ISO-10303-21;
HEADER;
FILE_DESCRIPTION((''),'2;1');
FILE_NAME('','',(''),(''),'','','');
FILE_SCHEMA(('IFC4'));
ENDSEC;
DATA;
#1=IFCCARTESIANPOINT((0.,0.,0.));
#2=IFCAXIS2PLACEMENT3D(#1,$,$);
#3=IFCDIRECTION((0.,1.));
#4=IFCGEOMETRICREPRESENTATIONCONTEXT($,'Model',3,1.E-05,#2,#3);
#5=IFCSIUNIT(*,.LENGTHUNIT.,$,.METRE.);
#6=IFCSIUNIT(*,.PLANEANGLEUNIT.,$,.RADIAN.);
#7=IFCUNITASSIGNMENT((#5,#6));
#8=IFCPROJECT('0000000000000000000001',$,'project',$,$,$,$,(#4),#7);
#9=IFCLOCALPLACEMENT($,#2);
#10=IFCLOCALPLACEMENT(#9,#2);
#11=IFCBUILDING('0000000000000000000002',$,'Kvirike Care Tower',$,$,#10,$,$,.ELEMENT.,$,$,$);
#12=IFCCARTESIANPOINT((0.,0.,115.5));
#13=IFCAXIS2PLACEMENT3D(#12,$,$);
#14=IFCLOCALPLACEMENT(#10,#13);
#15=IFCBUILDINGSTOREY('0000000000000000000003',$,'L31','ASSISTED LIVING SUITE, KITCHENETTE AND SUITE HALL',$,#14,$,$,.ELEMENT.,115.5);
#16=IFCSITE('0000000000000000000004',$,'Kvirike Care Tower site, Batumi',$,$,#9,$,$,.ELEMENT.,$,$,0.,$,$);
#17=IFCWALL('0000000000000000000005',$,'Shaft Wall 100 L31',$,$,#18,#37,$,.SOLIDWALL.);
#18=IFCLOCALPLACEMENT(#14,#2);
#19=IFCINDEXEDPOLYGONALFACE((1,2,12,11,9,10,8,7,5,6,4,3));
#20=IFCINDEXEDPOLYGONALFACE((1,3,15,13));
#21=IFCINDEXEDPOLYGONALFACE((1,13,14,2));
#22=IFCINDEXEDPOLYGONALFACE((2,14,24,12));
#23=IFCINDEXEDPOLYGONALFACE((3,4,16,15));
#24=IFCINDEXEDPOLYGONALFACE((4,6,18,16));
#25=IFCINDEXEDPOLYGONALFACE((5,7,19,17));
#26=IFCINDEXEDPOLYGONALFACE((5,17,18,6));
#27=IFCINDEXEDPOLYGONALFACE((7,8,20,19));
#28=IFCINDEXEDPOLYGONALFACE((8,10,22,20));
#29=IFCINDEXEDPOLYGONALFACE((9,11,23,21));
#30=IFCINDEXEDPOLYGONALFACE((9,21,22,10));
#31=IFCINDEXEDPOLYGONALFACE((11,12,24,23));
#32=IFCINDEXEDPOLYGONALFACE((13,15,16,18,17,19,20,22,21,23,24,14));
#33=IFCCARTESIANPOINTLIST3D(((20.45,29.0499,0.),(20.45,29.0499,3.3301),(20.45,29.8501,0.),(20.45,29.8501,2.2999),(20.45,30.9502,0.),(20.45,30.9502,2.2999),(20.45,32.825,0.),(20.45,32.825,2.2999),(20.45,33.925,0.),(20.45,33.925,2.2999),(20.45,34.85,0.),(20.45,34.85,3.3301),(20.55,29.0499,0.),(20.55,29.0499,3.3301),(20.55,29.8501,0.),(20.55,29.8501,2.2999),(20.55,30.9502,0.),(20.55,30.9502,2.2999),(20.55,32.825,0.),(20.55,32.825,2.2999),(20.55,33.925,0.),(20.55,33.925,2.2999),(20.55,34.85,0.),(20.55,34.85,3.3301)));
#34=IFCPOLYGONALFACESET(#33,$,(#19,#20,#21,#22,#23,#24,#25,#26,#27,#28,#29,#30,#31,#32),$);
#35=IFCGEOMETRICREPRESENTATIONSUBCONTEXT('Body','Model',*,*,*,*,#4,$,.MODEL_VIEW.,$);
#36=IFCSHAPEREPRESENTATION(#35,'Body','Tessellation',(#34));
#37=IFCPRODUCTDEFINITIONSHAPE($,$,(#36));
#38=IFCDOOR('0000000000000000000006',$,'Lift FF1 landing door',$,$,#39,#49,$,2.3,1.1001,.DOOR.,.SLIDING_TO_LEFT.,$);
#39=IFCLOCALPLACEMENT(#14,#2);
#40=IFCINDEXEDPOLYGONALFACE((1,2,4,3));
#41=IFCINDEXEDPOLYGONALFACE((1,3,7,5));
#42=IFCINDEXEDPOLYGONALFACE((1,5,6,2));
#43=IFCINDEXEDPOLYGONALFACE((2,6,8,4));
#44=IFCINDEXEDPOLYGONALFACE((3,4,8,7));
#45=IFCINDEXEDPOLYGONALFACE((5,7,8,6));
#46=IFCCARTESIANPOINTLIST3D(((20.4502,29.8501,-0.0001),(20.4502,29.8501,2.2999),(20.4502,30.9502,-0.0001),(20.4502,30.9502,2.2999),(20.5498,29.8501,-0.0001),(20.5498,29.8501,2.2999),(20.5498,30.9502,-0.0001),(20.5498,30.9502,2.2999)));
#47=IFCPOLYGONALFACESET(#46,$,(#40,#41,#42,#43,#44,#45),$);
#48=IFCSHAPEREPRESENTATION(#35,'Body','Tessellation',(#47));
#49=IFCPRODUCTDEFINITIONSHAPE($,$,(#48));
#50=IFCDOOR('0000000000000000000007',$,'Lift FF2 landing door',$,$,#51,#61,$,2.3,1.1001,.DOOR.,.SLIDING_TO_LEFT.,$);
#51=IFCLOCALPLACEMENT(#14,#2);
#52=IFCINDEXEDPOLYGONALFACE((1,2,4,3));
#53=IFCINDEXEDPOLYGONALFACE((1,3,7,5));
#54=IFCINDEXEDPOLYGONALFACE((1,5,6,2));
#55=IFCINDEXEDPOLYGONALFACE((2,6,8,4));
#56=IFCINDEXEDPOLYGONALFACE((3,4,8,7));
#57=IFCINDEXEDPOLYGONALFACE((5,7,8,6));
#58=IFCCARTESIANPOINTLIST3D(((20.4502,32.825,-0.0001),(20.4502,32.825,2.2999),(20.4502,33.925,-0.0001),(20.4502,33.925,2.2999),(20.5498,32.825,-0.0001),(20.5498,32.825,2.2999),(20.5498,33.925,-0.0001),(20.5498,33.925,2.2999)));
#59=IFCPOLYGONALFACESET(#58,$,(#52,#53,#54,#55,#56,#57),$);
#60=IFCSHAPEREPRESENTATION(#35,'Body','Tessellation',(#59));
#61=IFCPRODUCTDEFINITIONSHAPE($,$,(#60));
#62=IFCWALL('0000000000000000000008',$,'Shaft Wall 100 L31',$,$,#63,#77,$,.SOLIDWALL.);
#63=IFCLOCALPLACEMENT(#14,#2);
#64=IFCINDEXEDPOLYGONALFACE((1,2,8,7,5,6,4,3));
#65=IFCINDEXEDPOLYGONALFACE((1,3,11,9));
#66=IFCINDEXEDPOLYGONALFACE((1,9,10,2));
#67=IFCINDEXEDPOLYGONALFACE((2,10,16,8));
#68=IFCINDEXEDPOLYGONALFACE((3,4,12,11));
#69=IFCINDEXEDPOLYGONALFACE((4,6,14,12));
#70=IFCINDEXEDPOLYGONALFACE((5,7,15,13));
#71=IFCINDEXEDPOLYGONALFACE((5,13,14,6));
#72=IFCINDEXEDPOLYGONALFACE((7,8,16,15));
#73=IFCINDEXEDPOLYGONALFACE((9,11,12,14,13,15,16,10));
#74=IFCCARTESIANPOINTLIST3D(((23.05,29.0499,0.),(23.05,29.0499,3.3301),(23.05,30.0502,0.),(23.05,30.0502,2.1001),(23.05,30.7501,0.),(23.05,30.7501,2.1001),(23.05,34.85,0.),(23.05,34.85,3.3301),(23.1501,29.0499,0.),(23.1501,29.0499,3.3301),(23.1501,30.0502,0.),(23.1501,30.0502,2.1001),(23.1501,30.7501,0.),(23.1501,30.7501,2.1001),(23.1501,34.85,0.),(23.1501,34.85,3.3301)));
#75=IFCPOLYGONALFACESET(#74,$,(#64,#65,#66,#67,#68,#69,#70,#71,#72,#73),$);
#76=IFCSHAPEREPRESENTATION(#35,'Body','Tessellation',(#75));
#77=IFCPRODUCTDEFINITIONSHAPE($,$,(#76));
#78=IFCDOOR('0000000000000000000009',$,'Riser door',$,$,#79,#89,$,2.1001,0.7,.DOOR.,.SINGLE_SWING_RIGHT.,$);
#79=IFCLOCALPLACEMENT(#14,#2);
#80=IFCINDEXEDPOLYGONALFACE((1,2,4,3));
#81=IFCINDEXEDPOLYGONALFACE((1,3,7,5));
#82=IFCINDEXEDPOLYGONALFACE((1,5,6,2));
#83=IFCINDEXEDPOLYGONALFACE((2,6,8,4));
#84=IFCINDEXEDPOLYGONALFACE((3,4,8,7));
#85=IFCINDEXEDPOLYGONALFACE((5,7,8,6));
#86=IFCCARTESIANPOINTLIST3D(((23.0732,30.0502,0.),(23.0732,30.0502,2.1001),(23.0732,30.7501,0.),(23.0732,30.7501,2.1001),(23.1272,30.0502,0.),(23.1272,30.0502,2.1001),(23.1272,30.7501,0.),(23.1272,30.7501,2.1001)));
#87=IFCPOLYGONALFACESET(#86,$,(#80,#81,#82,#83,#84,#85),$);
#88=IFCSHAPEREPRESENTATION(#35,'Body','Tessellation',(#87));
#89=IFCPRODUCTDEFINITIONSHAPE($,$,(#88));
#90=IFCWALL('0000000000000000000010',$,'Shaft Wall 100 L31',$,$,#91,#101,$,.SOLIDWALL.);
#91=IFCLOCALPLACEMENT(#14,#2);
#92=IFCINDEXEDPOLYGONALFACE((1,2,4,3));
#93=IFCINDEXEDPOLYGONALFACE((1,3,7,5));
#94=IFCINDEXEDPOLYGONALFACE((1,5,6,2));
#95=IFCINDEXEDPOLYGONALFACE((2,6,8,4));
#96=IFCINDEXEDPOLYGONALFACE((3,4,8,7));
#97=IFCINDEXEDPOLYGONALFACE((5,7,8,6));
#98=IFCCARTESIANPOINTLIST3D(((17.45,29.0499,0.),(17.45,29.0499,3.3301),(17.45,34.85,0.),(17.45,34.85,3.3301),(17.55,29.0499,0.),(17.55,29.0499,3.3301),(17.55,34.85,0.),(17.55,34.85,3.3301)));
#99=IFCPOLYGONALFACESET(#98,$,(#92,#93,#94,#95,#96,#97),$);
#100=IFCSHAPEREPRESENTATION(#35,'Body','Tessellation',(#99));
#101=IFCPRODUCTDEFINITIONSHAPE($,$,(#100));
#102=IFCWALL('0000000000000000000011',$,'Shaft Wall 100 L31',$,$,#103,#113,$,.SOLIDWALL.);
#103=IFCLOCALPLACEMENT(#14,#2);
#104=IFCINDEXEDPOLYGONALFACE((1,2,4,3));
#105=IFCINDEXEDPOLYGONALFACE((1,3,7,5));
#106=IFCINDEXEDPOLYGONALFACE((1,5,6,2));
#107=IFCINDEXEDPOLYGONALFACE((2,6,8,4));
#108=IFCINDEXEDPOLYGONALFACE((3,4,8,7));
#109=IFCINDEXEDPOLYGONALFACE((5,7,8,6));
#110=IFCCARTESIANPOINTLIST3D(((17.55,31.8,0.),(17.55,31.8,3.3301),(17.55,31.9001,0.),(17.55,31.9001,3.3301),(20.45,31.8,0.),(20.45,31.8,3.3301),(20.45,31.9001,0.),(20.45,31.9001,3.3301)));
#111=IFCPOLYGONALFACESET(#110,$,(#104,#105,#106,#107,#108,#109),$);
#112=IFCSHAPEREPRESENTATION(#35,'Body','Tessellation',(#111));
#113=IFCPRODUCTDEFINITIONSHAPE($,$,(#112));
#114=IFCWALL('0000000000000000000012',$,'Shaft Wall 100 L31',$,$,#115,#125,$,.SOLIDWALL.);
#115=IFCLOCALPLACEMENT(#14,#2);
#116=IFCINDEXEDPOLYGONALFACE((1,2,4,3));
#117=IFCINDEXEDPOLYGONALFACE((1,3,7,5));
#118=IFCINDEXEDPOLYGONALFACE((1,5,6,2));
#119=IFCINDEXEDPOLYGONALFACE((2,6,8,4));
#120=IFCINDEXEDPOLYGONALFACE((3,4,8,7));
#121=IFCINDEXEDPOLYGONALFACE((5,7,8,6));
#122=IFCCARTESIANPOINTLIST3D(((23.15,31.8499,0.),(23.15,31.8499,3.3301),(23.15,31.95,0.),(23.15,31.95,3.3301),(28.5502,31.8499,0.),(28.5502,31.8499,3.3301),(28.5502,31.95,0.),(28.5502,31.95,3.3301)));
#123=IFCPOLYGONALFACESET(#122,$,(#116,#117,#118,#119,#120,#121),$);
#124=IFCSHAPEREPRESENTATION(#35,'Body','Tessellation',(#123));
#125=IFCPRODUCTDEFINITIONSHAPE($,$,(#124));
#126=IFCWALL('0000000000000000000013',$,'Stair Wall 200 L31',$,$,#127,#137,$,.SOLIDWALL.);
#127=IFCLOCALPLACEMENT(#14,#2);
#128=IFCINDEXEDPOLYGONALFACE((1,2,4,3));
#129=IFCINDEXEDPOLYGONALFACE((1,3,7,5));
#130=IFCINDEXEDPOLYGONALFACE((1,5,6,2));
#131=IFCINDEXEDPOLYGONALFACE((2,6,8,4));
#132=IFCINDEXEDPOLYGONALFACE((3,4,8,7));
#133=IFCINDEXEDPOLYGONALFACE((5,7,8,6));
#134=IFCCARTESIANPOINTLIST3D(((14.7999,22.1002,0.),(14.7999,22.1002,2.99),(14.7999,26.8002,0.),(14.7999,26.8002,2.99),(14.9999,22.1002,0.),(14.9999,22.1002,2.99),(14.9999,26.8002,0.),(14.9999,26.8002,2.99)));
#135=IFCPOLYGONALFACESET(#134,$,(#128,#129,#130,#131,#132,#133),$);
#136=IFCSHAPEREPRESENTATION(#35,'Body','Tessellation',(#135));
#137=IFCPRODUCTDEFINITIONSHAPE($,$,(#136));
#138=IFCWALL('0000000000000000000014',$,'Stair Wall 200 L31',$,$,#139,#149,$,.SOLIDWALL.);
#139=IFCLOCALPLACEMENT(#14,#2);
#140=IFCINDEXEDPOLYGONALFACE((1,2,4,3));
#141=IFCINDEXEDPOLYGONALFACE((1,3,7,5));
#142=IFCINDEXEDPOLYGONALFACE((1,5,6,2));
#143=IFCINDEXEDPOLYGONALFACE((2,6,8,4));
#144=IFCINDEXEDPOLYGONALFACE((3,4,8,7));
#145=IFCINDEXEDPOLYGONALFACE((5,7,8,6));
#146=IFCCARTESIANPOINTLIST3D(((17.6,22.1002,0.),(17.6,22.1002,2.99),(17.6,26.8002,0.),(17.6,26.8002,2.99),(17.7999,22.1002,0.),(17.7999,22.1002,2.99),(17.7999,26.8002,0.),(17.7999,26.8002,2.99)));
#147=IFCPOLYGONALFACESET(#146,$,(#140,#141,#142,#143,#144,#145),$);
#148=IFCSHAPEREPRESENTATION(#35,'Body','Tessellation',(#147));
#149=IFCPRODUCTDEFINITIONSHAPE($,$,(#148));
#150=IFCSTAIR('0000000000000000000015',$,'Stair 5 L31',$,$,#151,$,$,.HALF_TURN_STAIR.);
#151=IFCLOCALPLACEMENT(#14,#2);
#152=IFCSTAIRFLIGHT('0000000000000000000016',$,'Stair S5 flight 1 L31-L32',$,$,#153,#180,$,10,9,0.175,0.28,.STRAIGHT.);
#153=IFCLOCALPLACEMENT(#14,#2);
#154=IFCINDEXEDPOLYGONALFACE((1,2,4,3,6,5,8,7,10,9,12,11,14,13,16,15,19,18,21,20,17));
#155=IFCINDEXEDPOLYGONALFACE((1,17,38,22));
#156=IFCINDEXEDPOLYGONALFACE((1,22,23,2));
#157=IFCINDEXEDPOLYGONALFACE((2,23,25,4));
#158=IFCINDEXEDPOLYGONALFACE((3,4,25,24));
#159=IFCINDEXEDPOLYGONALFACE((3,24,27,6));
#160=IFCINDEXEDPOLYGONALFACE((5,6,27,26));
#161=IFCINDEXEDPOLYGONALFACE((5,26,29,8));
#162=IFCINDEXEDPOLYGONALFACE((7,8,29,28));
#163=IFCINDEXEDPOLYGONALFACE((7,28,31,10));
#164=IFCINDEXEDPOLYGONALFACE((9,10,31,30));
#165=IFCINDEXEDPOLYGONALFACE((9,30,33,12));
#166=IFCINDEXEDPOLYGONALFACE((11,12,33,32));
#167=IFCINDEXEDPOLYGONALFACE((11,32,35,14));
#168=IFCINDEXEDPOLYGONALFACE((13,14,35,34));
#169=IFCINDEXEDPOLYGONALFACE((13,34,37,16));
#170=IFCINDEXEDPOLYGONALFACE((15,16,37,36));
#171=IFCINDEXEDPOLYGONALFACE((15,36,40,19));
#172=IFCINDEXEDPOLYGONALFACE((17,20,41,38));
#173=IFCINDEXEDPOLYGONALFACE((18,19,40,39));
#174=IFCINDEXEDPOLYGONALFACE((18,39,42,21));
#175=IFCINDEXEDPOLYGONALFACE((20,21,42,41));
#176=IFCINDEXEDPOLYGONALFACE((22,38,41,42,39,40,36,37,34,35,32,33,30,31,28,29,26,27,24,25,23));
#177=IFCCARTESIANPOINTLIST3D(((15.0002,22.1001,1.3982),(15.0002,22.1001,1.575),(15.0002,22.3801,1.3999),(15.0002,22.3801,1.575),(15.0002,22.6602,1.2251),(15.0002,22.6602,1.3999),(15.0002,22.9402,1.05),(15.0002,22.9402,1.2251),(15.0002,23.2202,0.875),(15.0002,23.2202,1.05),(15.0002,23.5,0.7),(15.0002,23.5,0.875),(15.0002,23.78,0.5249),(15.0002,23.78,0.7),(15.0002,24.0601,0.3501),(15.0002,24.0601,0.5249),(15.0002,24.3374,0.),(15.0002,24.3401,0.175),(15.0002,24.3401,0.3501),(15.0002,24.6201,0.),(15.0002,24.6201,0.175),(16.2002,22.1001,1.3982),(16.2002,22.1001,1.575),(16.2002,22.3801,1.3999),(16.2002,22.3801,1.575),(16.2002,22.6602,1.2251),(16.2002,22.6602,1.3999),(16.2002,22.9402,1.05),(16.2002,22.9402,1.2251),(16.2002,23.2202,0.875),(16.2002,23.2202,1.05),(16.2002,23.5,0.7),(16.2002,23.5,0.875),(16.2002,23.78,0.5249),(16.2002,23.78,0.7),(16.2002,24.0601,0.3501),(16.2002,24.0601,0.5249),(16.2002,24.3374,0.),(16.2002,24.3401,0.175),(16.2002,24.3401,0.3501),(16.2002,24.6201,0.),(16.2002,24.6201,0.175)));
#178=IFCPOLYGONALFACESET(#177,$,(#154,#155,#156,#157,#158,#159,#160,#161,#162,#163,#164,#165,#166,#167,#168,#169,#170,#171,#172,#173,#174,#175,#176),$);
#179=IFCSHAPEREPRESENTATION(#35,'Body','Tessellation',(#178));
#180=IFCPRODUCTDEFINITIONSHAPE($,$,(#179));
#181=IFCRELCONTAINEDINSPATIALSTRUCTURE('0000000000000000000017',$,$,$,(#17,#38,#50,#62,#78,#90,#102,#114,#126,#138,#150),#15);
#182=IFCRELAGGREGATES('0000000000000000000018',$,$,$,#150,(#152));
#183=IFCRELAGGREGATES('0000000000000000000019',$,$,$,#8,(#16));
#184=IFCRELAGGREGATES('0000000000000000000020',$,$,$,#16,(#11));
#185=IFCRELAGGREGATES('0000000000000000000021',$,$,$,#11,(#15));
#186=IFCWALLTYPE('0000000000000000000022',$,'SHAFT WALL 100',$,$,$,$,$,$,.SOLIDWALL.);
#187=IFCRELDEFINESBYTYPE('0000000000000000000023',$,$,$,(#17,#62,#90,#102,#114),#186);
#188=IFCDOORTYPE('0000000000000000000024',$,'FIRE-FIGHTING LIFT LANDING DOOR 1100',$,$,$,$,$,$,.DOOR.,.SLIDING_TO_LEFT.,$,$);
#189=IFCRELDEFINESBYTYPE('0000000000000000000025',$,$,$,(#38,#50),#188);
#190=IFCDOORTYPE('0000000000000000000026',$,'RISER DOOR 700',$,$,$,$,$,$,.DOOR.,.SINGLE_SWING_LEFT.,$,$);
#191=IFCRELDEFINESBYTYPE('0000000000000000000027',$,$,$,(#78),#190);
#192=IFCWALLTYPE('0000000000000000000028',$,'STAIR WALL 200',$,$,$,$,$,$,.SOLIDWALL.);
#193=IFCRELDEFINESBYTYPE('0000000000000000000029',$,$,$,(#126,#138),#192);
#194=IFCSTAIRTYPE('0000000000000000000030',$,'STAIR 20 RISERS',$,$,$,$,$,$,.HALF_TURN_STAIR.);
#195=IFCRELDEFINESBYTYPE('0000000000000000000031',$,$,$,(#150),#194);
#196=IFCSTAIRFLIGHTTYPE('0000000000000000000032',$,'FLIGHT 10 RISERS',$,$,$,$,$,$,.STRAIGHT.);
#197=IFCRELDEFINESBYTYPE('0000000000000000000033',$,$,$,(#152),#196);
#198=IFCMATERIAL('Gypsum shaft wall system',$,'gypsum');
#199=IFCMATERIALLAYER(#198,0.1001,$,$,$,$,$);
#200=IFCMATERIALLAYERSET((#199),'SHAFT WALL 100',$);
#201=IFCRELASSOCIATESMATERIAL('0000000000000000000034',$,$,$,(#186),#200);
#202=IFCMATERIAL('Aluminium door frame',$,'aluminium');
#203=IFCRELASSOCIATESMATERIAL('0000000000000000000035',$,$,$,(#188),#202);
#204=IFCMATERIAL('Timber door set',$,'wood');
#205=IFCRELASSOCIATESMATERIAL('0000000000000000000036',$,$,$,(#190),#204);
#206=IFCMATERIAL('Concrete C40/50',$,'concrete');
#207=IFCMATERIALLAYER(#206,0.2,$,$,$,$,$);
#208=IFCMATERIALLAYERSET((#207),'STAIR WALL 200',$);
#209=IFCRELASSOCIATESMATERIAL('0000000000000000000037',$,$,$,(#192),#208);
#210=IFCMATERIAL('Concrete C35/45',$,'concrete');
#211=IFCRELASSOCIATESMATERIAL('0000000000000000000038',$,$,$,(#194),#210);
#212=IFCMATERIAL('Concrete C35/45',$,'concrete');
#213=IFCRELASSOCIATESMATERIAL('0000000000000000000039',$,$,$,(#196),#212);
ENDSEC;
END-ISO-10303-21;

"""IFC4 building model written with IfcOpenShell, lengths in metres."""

from ifc_helpers import new_model, si_unit, direction, frame, frame_2d, origin, place, context, subcontext, project, spatial, polyline, rectangle, outline, extrude, material, layer, layer_set, type_object, element, fill, aggregate, save


model = new_model("IFC4")

# Units and contexts
model_context = context("Model", 3, precision=1e-05, world=origin(), true_north=direction((0.0, 1.0)))
body_context = subcontext(model_context, "Body", "Model", "MODEL_VIEW")
ifc_project = project(units=[si_unit("LENGTHUNIT", "METRE"), si_unit("PLANEANGLEUNIT", "RADIAN")], contexts=[model_context])

# Site, building, storey
site_placement = place(None, origin())
site = spatial("IfcSite", under=ifc_project, at=site_placement, Name="Kvirike Care Tower site, Batumi", CompositionType="ELEMENT", RefElevation=0.0)
building_placement = place(site_placement, origin())
building = spatial("IfcBuilding", under=site, at=building_placement, Name="Kvirike Care Tower", CompositionType="ELEMENT")
storey_placement = place(building_placement, frame((0.0, 0.0, 115.5)))
storey = spatial("IfcBuildingStorey", under=building, at=storey_placement, Name="L31", Description="ASSISTED LIVING SUITE, KITCHENETTE AND SUITE HALL", CompositionType="ELEMENT", Elevation=115.5)

# Wall, openings, doors
ifc_material_1 = material(Name="Gypsum shaft wall system", Category="gypsum")
ifc_layer_1 = layer(ifc_material_1, 0.1001)
ifc_layer_set_1 = layer_set([ifc_layer_1], Name="SHAFT WALL 100")
wall_type_1 = type_object("IfcWallType", Name="SHAFT WALL 100", PredefinedType="SOLIDWALL", material=ifc_layer_set_1)
wall_1_placement = place(storey_placement, frame((20.5, 29.05, 0.0), z_axis=(0.0, 0.0, 1.0), x_axis=(0.0, 1.0, 0.0)))
wall_1 = element("IfcWall", 1, at=wall_1_placement, inside=storey, type_object=wall_type_1, Name="Shaft Wall 100 L31", PredefinedType="SOLIDWALL", context=body_context, shape_type="SweptSolid", body=[
    extrude(rectangle(XDim=5.8, YDim=0.1001, at=frame_2d((2.8999, 0.0))), origin(), (0.0, 0.0, 1.0), 3.3301),
])
opening_1_placement = place(wall_1_placement, frame((0.8, 0.0, 0.0)))
opening_1 = element("IfcOpeningElement", 2, at=opening_1_placement, cuts=wall_1, PredefinedType="OPENING", context=body_context, shape_type="SweptSolid", body=[
    extrude(rectangle(XDim=1.1001, YDim=2.3, at=frame_2d((0.55, 1.1499))), frame((0.0, 0.0605, 0.0), z_axis=(0.0, -1.0, 0.0), x_axis=(1.0, 0.0, 0.0)), (0.0, 0.0, 1.0), 0.1211),
])
opening_2_placement = place(wall_1_placement, frame((3.7749, 0.0, 0.0)))
opening_2 = element("IfcOpeningElement", 3, at=opening_2_placement, cuts=wall_1, PredefinedType="OPENING", context=body_context, shape_type="SweptSolid", body=[
    extrude(rectangle(XDim=1.1001, YDim=2.3, at=frame_2d((0.55, 1.1499))), frame((0.0, 0.0605, 0.0), z_axis=(0.0, -1.0, 0.0), x_axis=(1.0, 0.0, 0.0)), (0.0, 0.0, 1.0), 0.1211),
])
ifc_material_2 = material(Name="Aluminium door frame", Category="aluminium")
door_type_1 = type_object("IfcDoorType", Name="FIRE-FIGHTING LIFT LANDING DOOR 1100", OperationType="SLIDING_TO_LEFT", PredefinedType="DOOR", material=ifc_material_2)
door_1_placement = place(opening_1_placement, origin())
door_1 = element("IfcDoor", 4, at=door_1_placement, inside=storey, type_object=door_type_1, Name="Lift FF1 landing door", OperationType="SLIDING_TO_LEFT", OverallHeight=2.3, OverallWidth=1.1001, PredefinedType="DOOR", context=body_context, shape_type="SweptSolid", body=[
    extrude(rectangle(XDim=1.1001, YDim=2.3, at=frame_2d((0.55, 1.1499))), frame((0.0, 0.0498, 0.0), z_axis=(0.0, -1.0, 0.0), x_axis=(1.0, 0.0, 0.0)), (0.0, 0.0, 1.0), 0.0996),
])
fill(opening_1, door_1)
door_2_placement = place(opening_2_placement, origin())
door_2 = element("IfcDoor", 5, at=door_2_placement, inside=storey, type_object=door_type_1, Name="Lift FF2 landing door", OperationType="SLIDING_TO_LEFT", OverallHeight=2.3, OverallWidth=1.1001, PredefinedType="DOOR", context=body_context, shape_type="SweptSolid", body=[
    extrude(rectangle(XDim=1.1001, YDim=2.3, at=frame_2d((0.55, 1.1499))), frame((0.0, 0.0498, 0.0), z_axis=(0.0, -1.0, 0.0), x_axis=(1.0, 0.0, 0.0)), (0.0, 0.0, 1.0), 0.0996),
])
fill(opening_2, door_2)

# Wall, opening, door
wall_2_placement = place(storey_placement, frame((23.1001, 29.05, 0.0), z_axis=(0.0, 0.0, 1.0), x_axis=(0.0, 1.0, 0.0)))
wall_2 = element("IfcWall", 6, at=wall_2_placement, inside=storey, type_object=wall_type_1, Name="Shaft Wall 100 L31", PredefinedType="SOLIDWALL", context=body_context, shape_type="SweptSolid", body=[
    extrude(rectangle(XDim=5.8, YDim=0.1001, at=frame_2d((2.8999, 0.0))), origin(), (0.0, 0.0, 1.0), 3.3301),
])
opening_3_placement = place(wall_2_placement, frame((1.0, 0.0, 0.0)))
opening_3 = element("IfcOpeningElement", 7, at=opening_3_placement, cuts=wall_2, PredefinedType="OPENING", context=body_context, shape_type="SweptSolid", body=[
    extrude(rectangle(XDim=0.7, YDim=2.1001, at=frame_2d((0.3501, 1.05))), frame((0.0, 0.0605, 0.0), z_axis=(0.0, -1.0, 0.0), x_axis=(1.0, 0.0, 0.0)), (0.0, 0.0, 1.0), 0.1211),
])
ifc_material_3 = material(Name="Timber door set", Category="wood")
door_type_2 = type_object("IfcDoorType", Name="RISER DOOR 700", OperationType="SINGLE_SWING_LEFT", PredefinedType="DOOR", material=ifc_material_3)
door_3_placement = place(opening_3_placement, origin())
door_3 = element("IfcDoor", 8, at=door_3_placement, inside=storey, type_object=door_type_2, Name="Riser door", OperationType="SINGLE_SWING_RIGHT", OverallHeight=2.1001, OverallWidth=0.7, PredefinedType="DOOR", context=body_context, shape_type="SweptSolid", body=[
    extrude(rectangle(XDim=0.7, YDim=2.1001, at=frame_2d((0.3501, 1.05))), frame((0.0, 0.0269, 0.0), z_axis=(0.0, -1.0, 0.0), x_axis=(1.0, 0.0, 0.0)), (0.0, 0.0, 1.0), 0.054),
])
fill(opening_3, door_3)

# Walls
wall_3_placement = place(storey_placement, frame((17.5, 29.05, 0.0), z_axis=(0.0, 0.0, 1.0), x_axis=(0.0, 1.0, 0.0)))
element("IfcWall", 9, at=wall_3_placement, inside=storey, type_object=wall_type_1, Name="Shaft Wall 100 L31", PredefinedType="SOLIDWALL", context=body_context, shape_type="SweptSolid", body=[
    extrude(rectangle(XDim=5.8, YDim=0.1001, at=frame_2d((2.8999, 0.0))), origin(), (0.0, 0.0, 1.0), 3.3301),
])
wall_4_placement = place(storey_placement, frame((17.55, 31.8501, 0.0), z_axis=(0.0, 0.0, 1.0), x_axis=(1.0, 0.0, 0.0)))
element("IfcWall", 10, at=wall_4_placement, inside=storey, type_object=wall_type_1, Name="Shaft Wall 100 L31", PredefinedType="SOLIDWALL", context=body_context, shape_type="SweptSolid", body=[
    extrude(rectangle(XDim=2.8999, YDim=0.1001, at=frame_2d((1.45, 0.0))), origin(), (0.0, 0.0, 1.0), 3.3301),
])
wall_5_placement = place(storey_placement, frame((23.1499, 31.8999, 0.0), z_axis=(0.0, 0.0, 1.0), x_axis=(1.0, 0.0, 0.0)))
element("IfcWall", 11, at=wall_5_placement, inside=storey, type_object=wall_type_1, Name="Shaft Wall 100 L31", PredefinedType="SOLIDWALL", context=body_context, shape_type="SweptSolid", body=[
    extrude(rectangle(XDim=5.4001, YDim=0.1001, at=frame_2d((2.7002, 0.0))), origin(), (0.0, 0.0, 1.0), 3.3301),
])
ifc_material_4 = material(Name="Concrete C40/50", Category="concrete")
ifc_layer_2 = layer(ifc_material_4, 0.2)
ifc_layer_set_2 = layer_set([ifc_layer_2], Name="STAIR WALL 200")
wall_type_2 = type_object("IfcWallType", Name="STAIR WALL 200", PredefinedType="SOLIDWALL", material=ifc_layer_set_2)
for number, where, z_axis, x_axis, name in (
    (12, (14.8999, 22.1001, 0.0), (0.0, 0.0, 1.0), (0.0, 1.0, 0.0), "Stair Wall 200 L31"),
    (13, (17.7, 22.1001, 0.0), (0.0, 0.0, 1.0), (0.0, 1.0, 0.0), "Stair Wall 200 L31"),
):
    element("IfcWall", number, at=place(storey_placement, frame(where, z_axis=z_axis, x_axis=x_axis)), inside=storey, type_object=wall_type_2, Name=name, PredefinedType="SOLIDWALL", context=body_context, shape_type="SweptSolid", body=[
        extrude(rectangle(XDim=4.7, YDim=0.2, at=frame_2d((2.3501, 0.0))), origin(), (0.0, 0.0, 1.0), 2.99),
    ])

# Stair, stair flight
ifc_material_5 = material(Name="Concrete C35/45", Category="concrete")
stair_type = type_object("IfcStairType", Name="STAIR 20 RISERS", PredefinedType="HALF_TURN_STAIR", material=ifc_material_5)
stair_placement = place(storey_placement, origin())
stair = element("IfcStair", 14, at=stair_placement, inside=storey, type_object=stair_type, Name="Stair 5 L31", PredefinedType="HALF_TURN_STAIR")
ifc_material_6 = material(Name="Concrete C35/45", Category="concrete")
stair_flight_type = type_object("IfcStairFlightType", Name="FLIGHT 10 RISERS", PredefinedType="STRAIGHT", material=ifc_material_6)
stair_flight_1_placement = place(storey_placement, frame((15.6001, 24.6201, 0.0), z_axis=(0.0, 0.0, 1.0), x_axis=(0.0, -1.0, 0.0)))
stair_flight_1 = element("IfcStairFlight", 15, at=stair_flight_1_placement, type_object=stair_flight_type, Name="Stair S5 flight 1 L31-L32", NumberOfRisers=10, NumberOfTreads=9, PredefinedType="STRAIGHT", RiserHeight=0.175, TreadLength=0.28, context=body_context, shape_type="SweptSolid", body=[
    extrude(outline(polyline([(0.0, 0.0), (0.0, 0.175), (0.28, 0.175), (0.28, 0.3501), (0.5601, 0.3501), (0.5601, 0.5249), (0.8401, 0.5249), (0.8401, 0.7), (1.1201, 0.7), (1.1201, 0.875), (1.3999, 0.875), (1.3999, 1.05), (1.6799, 1.05), (1.6799, 1.2251), (1.96, 1.2251), (1.96, 1.3999), (2.24, 1.3999), (2.24, 1.575), (2.52, 1.575), (2.52, 1.75), (2.52, 1.3982), (0.2827, 0.0), (0.0, 0.0)])), frame((0.0, 0.6001, 0.0), z_axis=(0.0, -1.0, 0.0), x_axis=(1.0, 0.0, 0.0)), (0.0, 0.0, 1.0), 1.2),
])
aggregate(stair, [stair_flight_1])

save(model, "model.ifc")
